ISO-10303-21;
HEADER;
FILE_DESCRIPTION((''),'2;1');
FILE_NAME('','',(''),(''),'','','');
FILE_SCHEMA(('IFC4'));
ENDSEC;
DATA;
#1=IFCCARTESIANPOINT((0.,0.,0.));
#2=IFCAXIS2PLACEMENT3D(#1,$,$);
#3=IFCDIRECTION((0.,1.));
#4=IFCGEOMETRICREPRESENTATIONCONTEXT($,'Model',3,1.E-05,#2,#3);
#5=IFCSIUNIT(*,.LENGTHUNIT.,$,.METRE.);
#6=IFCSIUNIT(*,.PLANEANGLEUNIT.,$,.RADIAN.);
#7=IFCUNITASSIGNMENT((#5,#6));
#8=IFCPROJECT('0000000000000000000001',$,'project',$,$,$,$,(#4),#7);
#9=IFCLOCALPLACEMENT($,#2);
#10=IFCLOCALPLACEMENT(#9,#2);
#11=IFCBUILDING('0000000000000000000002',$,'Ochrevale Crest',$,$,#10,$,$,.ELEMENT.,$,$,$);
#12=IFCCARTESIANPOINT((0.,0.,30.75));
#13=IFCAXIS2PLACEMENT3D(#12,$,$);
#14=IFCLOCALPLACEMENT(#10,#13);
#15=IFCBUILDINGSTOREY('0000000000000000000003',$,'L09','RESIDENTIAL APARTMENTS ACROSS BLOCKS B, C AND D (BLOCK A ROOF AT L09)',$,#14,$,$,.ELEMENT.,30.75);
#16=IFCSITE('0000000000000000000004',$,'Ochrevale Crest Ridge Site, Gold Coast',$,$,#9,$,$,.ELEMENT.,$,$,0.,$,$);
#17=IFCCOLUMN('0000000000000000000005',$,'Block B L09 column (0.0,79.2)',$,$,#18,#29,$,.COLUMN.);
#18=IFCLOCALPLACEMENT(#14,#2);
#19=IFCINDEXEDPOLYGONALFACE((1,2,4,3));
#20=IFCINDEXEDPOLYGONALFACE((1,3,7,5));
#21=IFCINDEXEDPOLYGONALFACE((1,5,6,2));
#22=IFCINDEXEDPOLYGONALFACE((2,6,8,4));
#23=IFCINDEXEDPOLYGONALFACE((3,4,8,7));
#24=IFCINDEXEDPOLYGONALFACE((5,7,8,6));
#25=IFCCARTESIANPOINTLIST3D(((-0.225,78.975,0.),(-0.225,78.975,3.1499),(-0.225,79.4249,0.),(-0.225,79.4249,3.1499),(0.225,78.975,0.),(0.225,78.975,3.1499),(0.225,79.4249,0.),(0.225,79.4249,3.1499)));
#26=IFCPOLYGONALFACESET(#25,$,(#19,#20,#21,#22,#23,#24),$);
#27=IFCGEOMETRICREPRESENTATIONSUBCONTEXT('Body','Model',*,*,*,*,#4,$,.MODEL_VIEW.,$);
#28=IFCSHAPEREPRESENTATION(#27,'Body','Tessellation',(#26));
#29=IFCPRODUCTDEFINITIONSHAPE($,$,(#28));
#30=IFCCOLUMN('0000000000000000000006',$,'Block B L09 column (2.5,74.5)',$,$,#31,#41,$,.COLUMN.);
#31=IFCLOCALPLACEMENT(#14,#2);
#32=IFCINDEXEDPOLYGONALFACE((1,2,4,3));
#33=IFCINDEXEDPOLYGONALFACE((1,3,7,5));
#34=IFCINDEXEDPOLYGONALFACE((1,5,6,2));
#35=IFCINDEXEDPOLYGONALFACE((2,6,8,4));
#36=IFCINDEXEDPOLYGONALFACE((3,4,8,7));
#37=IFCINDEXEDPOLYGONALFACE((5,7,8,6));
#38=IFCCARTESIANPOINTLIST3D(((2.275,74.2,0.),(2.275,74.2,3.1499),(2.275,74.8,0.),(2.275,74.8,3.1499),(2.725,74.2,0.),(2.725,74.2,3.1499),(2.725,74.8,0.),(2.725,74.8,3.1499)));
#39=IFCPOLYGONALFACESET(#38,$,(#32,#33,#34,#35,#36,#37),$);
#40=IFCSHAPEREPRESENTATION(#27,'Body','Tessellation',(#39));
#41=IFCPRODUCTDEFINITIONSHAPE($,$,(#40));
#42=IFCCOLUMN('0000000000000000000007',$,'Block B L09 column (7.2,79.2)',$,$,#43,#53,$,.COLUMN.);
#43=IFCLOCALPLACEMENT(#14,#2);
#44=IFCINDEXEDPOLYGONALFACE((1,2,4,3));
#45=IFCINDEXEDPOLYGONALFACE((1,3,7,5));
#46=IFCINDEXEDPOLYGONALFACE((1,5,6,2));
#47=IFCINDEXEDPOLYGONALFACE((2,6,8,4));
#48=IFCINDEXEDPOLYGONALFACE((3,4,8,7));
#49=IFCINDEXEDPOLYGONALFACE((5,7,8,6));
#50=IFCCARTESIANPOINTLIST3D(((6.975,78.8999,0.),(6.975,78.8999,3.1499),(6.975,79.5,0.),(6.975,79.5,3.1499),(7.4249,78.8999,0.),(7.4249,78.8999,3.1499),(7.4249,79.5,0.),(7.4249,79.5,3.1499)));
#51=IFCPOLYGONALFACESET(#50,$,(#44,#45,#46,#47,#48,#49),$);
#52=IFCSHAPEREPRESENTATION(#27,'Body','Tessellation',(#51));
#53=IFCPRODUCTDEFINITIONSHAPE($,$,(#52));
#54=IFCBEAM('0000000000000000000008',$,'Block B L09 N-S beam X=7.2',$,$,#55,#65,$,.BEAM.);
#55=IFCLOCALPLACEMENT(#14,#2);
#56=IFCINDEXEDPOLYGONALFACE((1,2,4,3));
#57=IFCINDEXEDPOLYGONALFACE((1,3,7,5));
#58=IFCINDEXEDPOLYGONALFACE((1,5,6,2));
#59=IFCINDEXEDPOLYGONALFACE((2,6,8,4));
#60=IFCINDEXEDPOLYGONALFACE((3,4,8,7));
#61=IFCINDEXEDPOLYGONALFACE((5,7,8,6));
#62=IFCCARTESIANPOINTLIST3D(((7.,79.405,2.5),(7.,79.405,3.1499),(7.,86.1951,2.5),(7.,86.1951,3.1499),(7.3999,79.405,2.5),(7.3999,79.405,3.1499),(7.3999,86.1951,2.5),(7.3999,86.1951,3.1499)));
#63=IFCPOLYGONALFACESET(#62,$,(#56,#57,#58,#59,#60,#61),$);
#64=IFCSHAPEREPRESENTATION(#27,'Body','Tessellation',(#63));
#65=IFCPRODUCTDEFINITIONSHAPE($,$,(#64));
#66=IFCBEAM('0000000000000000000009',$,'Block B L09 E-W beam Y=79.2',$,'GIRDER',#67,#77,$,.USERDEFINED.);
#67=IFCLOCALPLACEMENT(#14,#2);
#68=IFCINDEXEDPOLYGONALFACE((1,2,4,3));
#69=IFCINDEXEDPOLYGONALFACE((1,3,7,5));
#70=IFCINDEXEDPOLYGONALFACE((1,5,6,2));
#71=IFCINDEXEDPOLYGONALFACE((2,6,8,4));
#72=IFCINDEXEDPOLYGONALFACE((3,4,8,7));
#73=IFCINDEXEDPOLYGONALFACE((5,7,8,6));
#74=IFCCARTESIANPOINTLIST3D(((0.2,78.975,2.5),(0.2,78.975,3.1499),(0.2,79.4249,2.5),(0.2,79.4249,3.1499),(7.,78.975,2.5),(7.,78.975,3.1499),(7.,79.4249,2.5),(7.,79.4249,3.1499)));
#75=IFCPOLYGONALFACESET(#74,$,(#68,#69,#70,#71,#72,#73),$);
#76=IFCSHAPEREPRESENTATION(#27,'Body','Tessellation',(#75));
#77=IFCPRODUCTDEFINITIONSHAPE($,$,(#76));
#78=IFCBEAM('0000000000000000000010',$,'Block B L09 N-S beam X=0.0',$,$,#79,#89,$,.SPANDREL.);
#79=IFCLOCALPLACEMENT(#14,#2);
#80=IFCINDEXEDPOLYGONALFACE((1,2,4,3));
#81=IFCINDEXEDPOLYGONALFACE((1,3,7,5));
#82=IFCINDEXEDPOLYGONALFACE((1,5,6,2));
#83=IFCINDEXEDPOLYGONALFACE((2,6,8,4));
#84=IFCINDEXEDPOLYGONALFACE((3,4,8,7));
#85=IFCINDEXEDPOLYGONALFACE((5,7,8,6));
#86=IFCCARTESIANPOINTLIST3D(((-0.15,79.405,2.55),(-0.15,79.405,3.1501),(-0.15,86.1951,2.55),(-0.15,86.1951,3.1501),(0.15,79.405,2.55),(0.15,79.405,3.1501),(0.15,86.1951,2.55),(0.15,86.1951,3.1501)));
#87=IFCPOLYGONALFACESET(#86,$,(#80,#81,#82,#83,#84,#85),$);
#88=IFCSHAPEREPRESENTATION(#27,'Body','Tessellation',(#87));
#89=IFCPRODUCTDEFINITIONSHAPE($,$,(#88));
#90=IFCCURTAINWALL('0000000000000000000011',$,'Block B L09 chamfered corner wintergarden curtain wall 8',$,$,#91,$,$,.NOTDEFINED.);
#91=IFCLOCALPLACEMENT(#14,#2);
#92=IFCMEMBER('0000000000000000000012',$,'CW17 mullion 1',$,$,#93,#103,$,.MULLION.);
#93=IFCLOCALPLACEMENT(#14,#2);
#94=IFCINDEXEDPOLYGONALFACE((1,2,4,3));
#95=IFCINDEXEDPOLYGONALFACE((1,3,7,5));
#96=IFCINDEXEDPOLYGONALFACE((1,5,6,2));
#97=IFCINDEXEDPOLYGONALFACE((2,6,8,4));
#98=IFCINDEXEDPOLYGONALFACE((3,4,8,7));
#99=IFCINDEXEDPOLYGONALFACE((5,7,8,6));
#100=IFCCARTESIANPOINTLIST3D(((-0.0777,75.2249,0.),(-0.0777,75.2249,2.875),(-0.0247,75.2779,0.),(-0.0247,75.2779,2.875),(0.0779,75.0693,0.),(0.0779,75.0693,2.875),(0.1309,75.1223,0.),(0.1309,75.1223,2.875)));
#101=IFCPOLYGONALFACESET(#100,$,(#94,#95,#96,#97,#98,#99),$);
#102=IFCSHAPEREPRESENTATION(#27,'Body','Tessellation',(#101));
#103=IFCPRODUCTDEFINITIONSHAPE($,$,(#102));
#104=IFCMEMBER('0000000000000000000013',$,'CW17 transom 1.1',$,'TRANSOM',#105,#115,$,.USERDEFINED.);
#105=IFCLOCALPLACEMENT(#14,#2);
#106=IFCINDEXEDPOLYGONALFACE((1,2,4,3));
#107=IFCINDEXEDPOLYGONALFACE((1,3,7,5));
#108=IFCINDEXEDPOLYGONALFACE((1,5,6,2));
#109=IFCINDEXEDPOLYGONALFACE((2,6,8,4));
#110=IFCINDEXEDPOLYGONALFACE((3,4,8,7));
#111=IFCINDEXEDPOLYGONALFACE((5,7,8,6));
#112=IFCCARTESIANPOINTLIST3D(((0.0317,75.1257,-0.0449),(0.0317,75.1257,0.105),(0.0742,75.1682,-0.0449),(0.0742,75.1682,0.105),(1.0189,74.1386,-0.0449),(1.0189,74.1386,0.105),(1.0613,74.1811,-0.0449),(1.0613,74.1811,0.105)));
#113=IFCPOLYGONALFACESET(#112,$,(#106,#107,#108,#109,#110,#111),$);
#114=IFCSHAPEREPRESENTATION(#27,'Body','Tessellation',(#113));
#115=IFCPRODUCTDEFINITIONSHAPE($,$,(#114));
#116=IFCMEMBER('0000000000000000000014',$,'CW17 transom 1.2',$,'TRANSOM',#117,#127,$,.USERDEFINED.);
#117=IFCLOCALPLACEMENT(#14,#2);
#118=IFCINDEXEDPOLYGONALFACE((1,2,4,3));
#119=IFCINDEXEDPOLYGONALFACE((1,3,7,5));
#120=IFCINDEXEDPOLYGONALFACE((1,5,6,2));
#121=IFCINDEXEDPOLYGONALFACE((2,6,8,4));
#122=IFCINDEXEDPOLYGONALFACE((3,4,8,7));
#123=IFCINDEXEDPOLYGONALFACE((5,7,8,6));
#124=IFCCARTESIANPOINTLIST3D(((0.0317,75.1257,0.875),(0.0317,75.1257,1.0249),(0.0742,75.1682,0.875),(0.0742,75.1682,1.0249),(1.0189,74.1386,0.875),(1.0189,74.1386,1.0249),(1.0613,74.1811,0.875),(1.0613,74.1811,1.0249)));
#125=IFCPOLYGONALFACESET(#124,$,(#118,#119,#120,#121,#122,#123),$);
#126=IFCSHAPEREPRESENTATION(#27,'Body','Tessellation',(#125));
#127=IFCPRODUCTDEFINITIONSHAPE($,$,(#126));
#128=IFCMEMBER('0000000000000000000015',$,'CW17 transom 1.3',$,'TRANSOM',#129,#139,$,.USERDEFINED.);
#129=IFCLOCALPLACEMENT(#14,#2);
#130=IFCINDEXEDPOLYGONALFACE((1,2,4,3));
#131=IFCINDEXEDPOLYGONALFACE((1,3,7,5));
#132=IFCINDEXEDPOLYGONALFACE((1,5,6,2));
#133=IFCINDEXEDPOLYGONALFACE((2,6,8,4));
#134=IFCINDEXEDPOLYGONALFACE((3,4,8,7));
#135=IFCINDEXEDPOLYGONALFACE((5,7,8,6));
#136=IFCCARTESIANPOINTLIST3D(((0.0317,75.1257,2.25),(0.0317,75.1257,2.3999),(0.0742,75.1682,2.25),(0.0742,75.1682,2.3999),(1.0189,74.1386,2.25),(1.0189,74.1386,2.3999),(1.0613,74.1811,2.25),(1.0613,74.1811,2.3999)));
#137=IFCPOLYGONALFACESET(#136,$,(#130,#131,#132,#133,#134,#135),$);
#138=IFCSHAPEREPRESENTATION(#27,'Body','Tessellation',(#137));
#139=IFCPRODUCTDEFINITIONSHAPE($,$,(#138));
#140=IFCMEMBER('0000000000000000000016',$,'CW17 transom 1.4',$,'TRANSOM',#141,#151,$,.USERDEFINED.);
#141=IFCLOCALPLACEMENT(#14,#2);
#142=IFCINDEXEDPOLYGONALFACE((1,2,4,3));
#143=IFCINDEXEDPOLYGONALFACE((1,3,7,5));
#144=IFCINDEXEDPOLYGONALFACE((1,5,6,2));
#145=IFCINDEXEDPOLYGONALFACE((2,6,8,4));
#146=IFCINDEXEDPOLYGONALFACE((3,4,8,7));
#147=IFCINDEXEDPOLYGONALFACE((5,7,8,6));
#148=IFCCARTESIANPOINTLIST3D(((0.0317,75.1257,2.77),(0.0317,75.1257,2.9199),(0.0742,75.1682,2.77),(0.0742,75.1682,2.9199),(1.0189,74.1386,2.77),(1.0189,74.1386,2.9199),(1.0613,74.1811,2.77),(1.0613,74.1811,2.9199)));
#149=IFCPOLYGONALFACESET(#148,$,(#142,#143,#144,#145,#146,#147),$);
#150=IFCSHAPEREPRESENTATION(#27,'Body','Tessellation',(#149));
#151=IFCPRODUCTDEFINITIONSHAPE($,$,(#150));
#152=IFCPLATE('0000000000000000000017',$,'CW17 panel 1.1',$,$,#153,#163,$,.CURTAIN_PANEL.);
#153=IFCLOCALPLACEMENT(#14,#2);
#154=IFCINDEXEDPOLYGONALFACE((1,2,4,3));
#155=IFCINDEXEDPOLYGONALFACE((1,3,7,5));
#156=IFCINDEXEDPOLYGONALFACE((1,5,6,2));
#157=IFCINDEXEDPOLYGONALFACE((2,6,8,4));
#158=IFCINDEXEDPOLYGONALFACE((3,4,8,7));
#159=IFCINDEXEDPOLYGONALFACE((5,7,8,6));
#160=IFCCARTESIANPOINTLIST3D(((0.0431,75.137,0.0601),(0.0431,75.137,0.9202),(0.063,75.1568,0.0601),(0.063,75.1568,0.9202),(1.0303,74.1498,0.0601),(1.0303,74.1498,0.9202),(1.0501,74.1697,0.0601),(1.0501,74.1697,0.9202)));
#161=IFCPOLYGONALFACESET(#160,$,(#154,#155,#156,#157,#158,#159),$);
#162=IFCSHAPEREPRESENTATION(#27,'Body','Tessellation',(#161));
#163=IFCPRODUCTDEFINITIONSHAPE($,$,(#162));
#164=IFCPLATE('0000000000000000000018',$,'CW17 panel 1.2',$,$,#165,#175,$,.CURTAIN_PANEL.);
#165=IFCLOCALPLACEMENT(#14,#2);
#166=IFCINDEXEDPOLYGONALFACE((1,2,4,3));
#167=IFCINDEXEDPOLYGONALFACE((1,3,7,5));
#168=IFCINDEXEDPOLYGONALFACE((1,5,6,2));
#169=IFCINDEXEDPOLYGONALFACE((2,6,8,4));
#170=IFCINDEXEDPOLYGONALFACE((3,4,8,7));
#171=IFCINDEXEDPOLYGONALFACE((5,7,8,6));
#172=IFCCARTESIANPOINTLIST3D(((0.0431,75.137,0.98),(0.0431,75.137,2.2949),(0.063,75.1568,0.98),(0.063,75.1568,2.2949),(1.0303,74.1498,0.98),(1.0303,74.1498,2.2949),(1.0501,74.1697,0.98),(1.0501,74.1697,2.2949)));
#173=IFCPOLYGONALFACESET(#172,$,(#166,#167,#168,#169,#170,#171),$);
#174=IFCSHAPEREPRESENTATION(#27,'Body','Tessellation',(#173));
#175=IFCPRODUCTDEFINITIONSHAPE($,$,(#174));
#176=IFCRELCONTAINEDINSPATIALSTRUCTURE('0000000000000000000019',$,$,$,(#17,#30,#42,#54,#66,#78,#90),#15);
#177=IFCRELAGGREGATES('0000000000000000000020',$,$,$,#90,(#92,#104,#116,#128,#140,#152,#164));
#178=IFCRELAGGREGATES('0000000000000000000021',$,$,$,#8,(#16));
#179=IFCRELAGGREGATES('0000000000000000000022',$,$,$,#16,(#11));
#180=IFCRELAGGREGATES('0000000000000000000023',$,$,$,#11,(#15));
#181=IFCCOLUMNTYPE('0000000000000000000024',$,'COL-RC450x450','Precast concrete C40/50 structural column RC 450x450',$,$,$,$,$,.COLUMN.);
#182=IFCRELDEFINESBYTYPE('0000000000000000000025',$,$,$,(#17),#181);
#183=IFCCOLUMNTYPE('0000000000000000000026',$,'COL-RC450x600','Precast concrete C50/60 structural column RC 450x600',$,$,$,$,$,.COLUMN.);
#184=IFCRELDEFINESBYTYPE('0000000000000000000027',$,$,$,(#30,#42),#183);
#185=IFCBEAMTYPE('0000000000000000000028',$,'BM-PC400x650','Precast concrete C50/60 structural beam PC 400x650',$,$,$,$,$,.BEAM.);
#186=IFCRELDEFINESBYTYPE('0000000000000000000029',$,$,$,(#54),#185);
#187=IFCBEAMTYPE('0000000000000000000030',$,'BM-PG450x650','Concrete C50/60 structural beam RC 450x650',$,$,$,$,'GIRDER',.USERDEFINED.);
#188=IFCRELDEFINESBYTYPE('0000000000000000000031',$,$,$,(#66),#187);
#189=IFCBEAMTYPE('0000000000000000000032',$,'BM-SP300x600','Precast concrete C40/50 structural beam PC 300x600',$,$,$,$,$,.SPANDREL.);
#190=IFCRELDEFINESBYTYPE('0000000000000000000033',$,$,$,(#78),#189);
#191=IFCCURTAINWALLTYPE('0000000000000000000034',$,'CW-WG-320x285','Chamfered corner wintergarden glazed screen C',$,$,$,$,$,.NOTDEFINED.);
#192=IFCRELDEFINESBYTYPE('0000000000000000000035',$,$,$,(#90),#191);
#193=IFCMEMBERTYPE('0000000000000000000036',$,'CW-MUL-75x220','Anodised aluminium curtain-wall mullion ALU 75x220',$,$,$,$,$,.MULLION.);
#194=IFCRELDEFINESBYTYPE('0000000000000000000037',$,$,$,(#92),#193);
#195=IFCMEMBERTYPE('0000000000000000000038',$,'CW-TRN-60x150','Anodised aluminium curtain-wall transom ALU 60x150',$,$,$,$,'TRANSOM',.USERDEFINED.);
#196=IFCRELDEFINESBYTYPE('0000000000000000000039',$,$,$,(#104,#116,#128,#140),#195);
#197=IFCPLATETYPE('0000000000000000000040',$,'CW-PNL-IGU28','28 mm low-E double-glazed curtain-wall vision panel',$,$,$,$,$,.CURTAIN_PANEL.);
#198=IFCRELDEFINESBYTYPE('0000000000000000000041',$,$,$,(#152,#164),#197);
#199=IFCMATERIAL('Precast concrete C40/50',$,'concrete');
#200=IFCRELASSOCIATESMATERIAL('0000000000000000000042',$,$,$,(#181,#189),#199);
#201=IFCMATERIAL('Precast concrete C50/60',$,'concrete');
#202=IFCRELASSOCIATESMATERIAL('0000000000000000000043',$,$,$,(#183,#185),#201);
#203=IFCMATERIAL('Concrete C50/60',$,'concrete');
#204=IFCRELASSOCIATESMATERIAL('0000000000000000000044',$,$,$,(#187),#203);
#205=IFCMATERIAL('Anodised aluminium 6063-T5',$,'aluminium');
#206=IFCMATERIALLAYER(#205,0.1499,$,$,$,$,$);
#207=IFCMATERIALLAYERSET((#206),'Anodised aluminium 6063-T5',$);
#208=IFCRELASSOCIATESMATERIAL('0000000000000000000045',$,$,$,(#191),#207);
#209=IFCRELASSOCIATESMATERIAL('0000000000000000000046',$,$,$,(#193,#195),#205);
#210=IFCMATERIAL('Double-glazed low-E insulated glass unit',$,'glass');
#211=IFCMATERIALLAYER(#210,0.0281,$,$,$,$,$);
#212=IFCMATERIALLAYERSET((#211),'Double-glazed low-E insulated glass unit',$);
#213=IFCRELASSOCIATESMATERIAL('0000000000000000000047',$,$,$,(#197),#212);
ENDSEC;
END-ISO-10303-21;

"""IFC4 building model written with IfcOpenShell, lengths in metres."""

from ifc_helpers import new_model, si_unit, direction, frame, origin, origin_2d, place, context, subcontext, project, spatial, rectangle, extrude, material, layer, layer_set, material_profile, profile_set, type_object, element, aggregate, save


model = new_model("IFC4")

# Units and contexts
model_context = context("Model", 3, precision=1e-05, world=origin(), true_north=direction((0.0, 1.0)))
body_context = subcontext(model_context, "Body", "Model", "MODEL_VIEW")
ifc_project = project(units=[si_unit("LENGTHUNIT", "METRE"), si_unit("PLANEANGLEUNIT", "RADIAN")], contexts=[model_context])

# Site, building, storey
site_placement = place(None, origin())
site = spatial("IfcSite", under=ifc_project, at=site_placement, Name="Ochrevale Crest Ridge Site, Gold Coast", CompositionType="ELEMENT", RefElevation=0.0)
building_placement = place(site_placement, origin())
building = spatial("IfcBuilding", under=site, at=building_placement, Name="Ochrevale Crest", CompositionType="ELEMENT")
storey_placement = place(building_placement, frame((0.0, 0.0, 30.75)))
storey = spatial("IfcBuildingStorey", under=building, at=storey_placement, Name="L09", Description="RESIDENTIAL APARTMENTS ACROSS BLOCKS B, C AND D (BLOCK A ROOF AT L09)", CompositionType="ELEMENT", Elevation=30.75)

# Columns
ifc_material_1 = material(Name="Precast concrete C40/50", Category="concrete")
ifc_material_profile_1 = material_profile(ifc_material_1, rectangle(XDim=0.45, YDim=0.45, at=origin_2d()), Name="RC 450x450")
ifc_profile_set_1 = profile_set([ifc_material_profile_1], Name="Precast concrete C40/50")
column_type_1 = type_object("IfcColumnType", Name="COL-RC450x450", Description="Precast concrete C40/50 structural column RC 450x450", PredefinedType="COLUMN", material=ifc_profile_set_1)
column_placement = place(storey_placement, frame((0.0, 79.2, 0.0), z_axis=(0.0, 0.0, 1.0), x_axis=(1.0, 0.0, 0.0)))
element("IfcColumn", 1, at=column_placement, inside=storey, type_object=column_type_1, Name="Block B L09 column (0.0,79.2)", PredefinedType="COLUMN", context=body_context, shape_type="SweptSolid", body=[
    extrude(rectangle(XDim=0.45, YDim=0.45, at=origin_2d()), origin(), (0.0, 0.0, 1.0), 3.1499),
])
ifc_material_2 = material(Name="Precast concrete C50/60", Category="concrete")
ifc_material_profile_2 = material_profile(ifc_material_2, rectangle(XDim=0.45, YDim=0.6001, at=origin_2d()), Name="RC 450x600")
ifc_profile_set_2 = profile_set([ifc_material_profile_2], Name="Precast concrete C50/60")
column_type_2 = type_object("IfcColumnType", Name="COL-RC450x600", Description="Precast concrete C50/60 structural column RC 450x600", PredefinedType="COLUMN", material=ifc_profile_set_2)
for number, where, z_axis, x_axis, name in (
    (2, (2.5, 74.5, 0.0), (0.0, 0.0, 1.0), (1.0, 0.0, 0.0), "Block B L09 column (2.5,74.5)"),
    (3, (7.2, 79.2, 0.0), (0.0, 0.0, 1.0), (1.0, 0.0, 0.0), "Block B L09 column (7.2,79.2)"),
):
    element("IfcColumn", number, at=place(storey_placement, frame(where, z_axis=z_axis, x_axis=x_axis)), inside=storey, type_object=column_type_2, Name=name, PredefinedType="COLUMN", context=body_context, shape_type="SweptSolid", body=[
        extrude(rectangle(XDim=0.45, YDim=0.6001, at=origin_2d()), origin(), (0.0, 0.0, 1.0), 3.1499),
    ])

# Beams
ifc_material_profile_3 = material_profile(ifc_material_2, rectangle(XDim=0.3999, YDim=0.6499, at=origin_2d()), Name="PC 400x650")
ifc_profile_set_3 = profile_set([ifc_material_profile_3], Name="Precast concrete C50/60")
beam_type_1 = type_object("IfcBeamType", Name="BM-PC400x650", Description="Precast concrete C50/60 structural beam PC 400x650", PredefinedType="BEAM", material=ifc_profile_set_3)
beam_1_placement = place(storey_placement, frame((7.2, 79.405, 2.825), z_axis=(0.0, 1.0, 0.0), x_axis=(-1.0, 0.0, 0.0)))
element("IfcBeam", 4, at=beam_1_placement, inside=storey, type_object=beam_type_1, Name="Block B L09 N-S beam X=7.2", PredefinedType="BEAM", context=body_context, shape_type="SweptSolid", body=[
    extrude(rectangle(XDim=0.3999, YDim=0.6499, at=origin_2d()), origin(), (0.0, 0.0, 1.0), 6.79),
])
ifc_material_3 = material(Name="Concrete C50/60", Category="concrete")
ifc_material_profile_4 = material_profile(ifc_material_3, rectangle(XDim=0.45, YDim=0.6499, at=origin_2d()), Name="RC 450x650")
ifc_profile_set_4 = profile_set([ifc_material_profile_4], Name="Concrete C50/60")
beam_type_2 = type_object("IfcBeamType", Name="BM-PG450x650", Description="Concrete C50/60 structural beam RC 450x650", ElementType="GIRDER", PredefinedType="USERDEFINED", material=ifc_profile_set_4)
beam_2_placement = place(storey_placement, frame((0.2, 79.2, 2.825), z_axis=(1.0, 0.0, 0.0), x_axis=(0.0, 1.0, 0.0)))
element("IfcBeam", 5, at=beam_2_placement, inside=storey, type_object=beam_type_2, Name="Block B L09 E-W beam Y=79.2", ObjectType="GIRDER", PredefinedType="USERDEFINED", context=body_context, shape_type="SweptSolid", body=[
    extrude(rectangle(XDim=0.45, YDim=0.6499, at=origin_2d()), origin(), (0.0, 0.0, 1.0), 6.8),
])
ifc_material_profile_5 = material_profile(ifc_material_1, rectangle(XDim=0.3, YDim=0.6001, at=origin_2d()), Name="PC 300x600")
ifc_profile_set_5 = profile_set([ifc_material_profile_5], Name="Precast concrete C40/50")
beam_type_3 = type_object("IfcBeamType", Name="BM-SP300x600", Description="Precast concrete C40/50 structural beam PC 300x600", PredefinedType="SPANDREL", material=ifc_profile_set_5)
beam_3_placement = place(storey_placement, frame((0.0, 79.405, 2.8501), z_axis=(0.0, 1.0, 0.0), x_axis=(-1.0, 0.0, 0.0)))
element("IfcBeam", 6, at=beam_3_placement, inside=storey, type_object=beam_type_3, Name="Block B L09 N-S beam X=0.0", PredefinedType="SPANDREL", context=body_context, shape_type="SweptSolid", body=[
    extrude(rectangle(XDim=0.3, YDim=0.6001, at=origin_2d()), origin(), (0.0, 0.0, 1.0), 6.79),
])

# Curtain wall, members, plates
ifc_material_4 = material(Name="Anodised aluminium 6063-T5", Category="aluminium")
ifc_layer_1 = layer(ifc_material_4, 0.1499)
ifc_layer_set_1 = layer_set([ifc_layer_1], Name="Anodised aluminium 6063-T5")
curtain_wall_type = type_object("IfcCurtainWallType", Name="CW-WG-320x285", Description="Chamfered corner wintergarden glazed screen C", PredefinedType="NOTDEFINED", material=ifc_layer_set_1)
curtain_wall_placement = place(storey_placement, origin())
curtain_wall = element("IfcCurtainWall", 7, at=curtain_wall_placement, inside=storey, type_object=curtain_wall_type, Name="Block B L09 chamfered corner wintergarden curtain wall 8", PredefinedType="NOTDEFINED")
ifc_material_profile_6 = material_profile(ifc_material_4, rectangle(XDim=0.075, YDim=0.22, at=origin_2d()), Name="ALU 75x220")
ifc_profile_set_6 = profile_set([ifc_material_profile_6], Name="Anodised aluminium 6063-T5")
member_type_1 = type_object("IfcMemberType", Name="CW-MUL-75x220", Description="Anodised aluminium curtain-wall mullion ALU 75x220", PredefinedType="MULLION", material=ifc_profile_set_6)
member_1_placement = place(storey_placement, frame((0.0266, 75.1736, 0.0), z_axis=(0.0, 0.0, 1.0), x_axis=(0.707107, 0.707107, 0.0)))
member_1 = element("IfcMember", 8, at=member_1_placement, type_object=member_type_1, Name="CW17 mullion 1", PredefinedType="MULLION", context=body_context, shape_type="SweptSolid", body=[
    extrude(rectangle(XDim=0.075, YDim=0.22, at=origin_2d()), origin(), (0.0, 0.0, 1.0), 2.875),
])
ifc_material_profile_7 = material_profile(ifc_material_4, rectangle(XDim=0.0601, YDim=0.1499, at=origin_2d()), Name="ALU 60x150")
ifc_profile_set_7 = profile_set([ifc_material_profile_7], Name="Anodised aluminium 6063-T5")
member_type_2 = type_object("IfcMemberType", Name="CW-TRN-60x150", Description="Anodised aluminium curtain-wall transom ALU 60x150", ElementType="TRANSOM", PredefinedType="USERDEFINED", material=ifc_profile_set_7)
member_2_placement = place(storey_placement, frame((0.053, 75.147, 0.03), z_axis=(0.707107, -0.707107, 0.0), x_axis=(0.707107, 0.707107, 0.0)))
member_2 = element("IfcMember", 9, at=member_2_placement, type_object=member_type_2, Name="CW17 transom 1.1", ObjectType="TRANSOM", PredefinedType="USERDEFINED", context=body_context, shape_type="SweptSolid", body=[
    extrude(rectangle(XDim=0.0601, YDim=0.1499, at=origin_2d()), origin(), (0.0, 0.0, 1.0), 1.396),
])
member_3_placement = place(storey_placement, frame((0.053, 75.147, 0.95), z_axis=(0.707107, -0.707107, 0.0), x_axis=(0.707107, 0.707107, 0.0)))
member_3 = element("IfcMember", 10, at=member_3_placement, type_object=member_type_2, Name="CW17 transom 1.2", ObjectType="TRANSOM", PredefinedType="USERDEFINED", context=body_context, shape_type="SweptSolid", body=[
    extrude(rectangle(XDim=0.0601, YDim=0.1499, at=origin_2d()), origin(), (0.0, 0.0, 1.0), 1.396),
])
member_4_placement = place(storey_placement, frame((0.053, 75.147, 2.325), z_axis=(0.707107, -0.707107, 0.0), x_axis=(0.707107, 0.707107, 0.0)))
member_4 = element("IfcMember", 11, at=member_4_placement, type_object=member_type_2, Name="CW17 transom 1.3", ObjectType="TRANSOM", PredefinedType="USERDEFINED", context=body_context, shape_type="SweptSolid", body=[
    extrude(rectangle(XDim=0.0601, YDim=0.1499, at=origin_2d()), origin(), (0.0, 0.0, 1.0), 1.396),
])
member_5_placement = place(storey_placement, frame((0.053, 75.147, 2.845), z_axis=(0.707107, -0.707107, 0.0), x_axis=(0.707107, 0.707107, 0.0)))
member_5 = element("IfcMember", 12, at=member_5_placement, type_object=member_type_2, Name="CW17 transom 1.4", ObjectType="TRANSOM", PredefinedType="USERDEFINED", context=body_context, shape_type="SweptSolid", body=[
    extrude(rectangle(XDim=0.0601, YDim=0.1499, at=origin_2d()), origin(), (0.0, 0.0, 1.0), 1.396),
])
ifc_material_5 = material(Name="Double-glazed low-E insulated glass unit", Category="glass")
ifc_layer_2 = layer(ifc_material_5, 0.0281)
ifc_layer_set_2 = layer_set([ifc_layer_2], Name="Double-glazed low-E insulated glass unit")
plate_type = type_object("IfcPlateType", Name="CW-PNL-IGU28", Description="28 mm low-E double-glazed curtain-wall vision panel", PredefinedType="CURTAIN_PANEL", material=ifc_layer_set_2)
plate_1_placement = place(storey_placement, frame((0.5466, 74.6533, 0.0601), z_axis=(0.0, 0.0, 1.0), x_axis=(0.707107, -0.707107, 0.0)))
plate_1 = element("IfcPlate", 13, at=plate_1_placement, type_object=plate_type, Name="CW17 panel 1.1", PredefinedType="CURTAIN_PANEL", context=body_context, shape_type="SweptSolid", body=[
    extrude(rectangle(XDim=1.396, YDim=0.0281, at=origin_2d()), origin(), (0.0, 0.0, 1.0), 0.8601),
])
plate_2_placement = place(storey_placement, frame((0.5466, 74.6533, 0.98), z_axis=(0.0, 0.0, 1.0), x_axis=(0.707107, -0.707107, 0.0)))
plate_2 = element("IfcPlate", 14, at=plate_2_placement, type_object=plate_type, Name="CW17 panel 1.2", PredefinedType="CURTAIN_PANEL", context=body_context, shape_type="SweptSolid", body=[
    extrude(rectangle(XDim=1.396, YDim=0.0281, at=origin_2d()), origin(), (0.0, 0.0, 1.0), 1.3149),
])
aggregate(curtain_wall, [member_1, member_2, member_3, member_4, member_5, plate_1, plate_2])

save(model, "model.ifc")
